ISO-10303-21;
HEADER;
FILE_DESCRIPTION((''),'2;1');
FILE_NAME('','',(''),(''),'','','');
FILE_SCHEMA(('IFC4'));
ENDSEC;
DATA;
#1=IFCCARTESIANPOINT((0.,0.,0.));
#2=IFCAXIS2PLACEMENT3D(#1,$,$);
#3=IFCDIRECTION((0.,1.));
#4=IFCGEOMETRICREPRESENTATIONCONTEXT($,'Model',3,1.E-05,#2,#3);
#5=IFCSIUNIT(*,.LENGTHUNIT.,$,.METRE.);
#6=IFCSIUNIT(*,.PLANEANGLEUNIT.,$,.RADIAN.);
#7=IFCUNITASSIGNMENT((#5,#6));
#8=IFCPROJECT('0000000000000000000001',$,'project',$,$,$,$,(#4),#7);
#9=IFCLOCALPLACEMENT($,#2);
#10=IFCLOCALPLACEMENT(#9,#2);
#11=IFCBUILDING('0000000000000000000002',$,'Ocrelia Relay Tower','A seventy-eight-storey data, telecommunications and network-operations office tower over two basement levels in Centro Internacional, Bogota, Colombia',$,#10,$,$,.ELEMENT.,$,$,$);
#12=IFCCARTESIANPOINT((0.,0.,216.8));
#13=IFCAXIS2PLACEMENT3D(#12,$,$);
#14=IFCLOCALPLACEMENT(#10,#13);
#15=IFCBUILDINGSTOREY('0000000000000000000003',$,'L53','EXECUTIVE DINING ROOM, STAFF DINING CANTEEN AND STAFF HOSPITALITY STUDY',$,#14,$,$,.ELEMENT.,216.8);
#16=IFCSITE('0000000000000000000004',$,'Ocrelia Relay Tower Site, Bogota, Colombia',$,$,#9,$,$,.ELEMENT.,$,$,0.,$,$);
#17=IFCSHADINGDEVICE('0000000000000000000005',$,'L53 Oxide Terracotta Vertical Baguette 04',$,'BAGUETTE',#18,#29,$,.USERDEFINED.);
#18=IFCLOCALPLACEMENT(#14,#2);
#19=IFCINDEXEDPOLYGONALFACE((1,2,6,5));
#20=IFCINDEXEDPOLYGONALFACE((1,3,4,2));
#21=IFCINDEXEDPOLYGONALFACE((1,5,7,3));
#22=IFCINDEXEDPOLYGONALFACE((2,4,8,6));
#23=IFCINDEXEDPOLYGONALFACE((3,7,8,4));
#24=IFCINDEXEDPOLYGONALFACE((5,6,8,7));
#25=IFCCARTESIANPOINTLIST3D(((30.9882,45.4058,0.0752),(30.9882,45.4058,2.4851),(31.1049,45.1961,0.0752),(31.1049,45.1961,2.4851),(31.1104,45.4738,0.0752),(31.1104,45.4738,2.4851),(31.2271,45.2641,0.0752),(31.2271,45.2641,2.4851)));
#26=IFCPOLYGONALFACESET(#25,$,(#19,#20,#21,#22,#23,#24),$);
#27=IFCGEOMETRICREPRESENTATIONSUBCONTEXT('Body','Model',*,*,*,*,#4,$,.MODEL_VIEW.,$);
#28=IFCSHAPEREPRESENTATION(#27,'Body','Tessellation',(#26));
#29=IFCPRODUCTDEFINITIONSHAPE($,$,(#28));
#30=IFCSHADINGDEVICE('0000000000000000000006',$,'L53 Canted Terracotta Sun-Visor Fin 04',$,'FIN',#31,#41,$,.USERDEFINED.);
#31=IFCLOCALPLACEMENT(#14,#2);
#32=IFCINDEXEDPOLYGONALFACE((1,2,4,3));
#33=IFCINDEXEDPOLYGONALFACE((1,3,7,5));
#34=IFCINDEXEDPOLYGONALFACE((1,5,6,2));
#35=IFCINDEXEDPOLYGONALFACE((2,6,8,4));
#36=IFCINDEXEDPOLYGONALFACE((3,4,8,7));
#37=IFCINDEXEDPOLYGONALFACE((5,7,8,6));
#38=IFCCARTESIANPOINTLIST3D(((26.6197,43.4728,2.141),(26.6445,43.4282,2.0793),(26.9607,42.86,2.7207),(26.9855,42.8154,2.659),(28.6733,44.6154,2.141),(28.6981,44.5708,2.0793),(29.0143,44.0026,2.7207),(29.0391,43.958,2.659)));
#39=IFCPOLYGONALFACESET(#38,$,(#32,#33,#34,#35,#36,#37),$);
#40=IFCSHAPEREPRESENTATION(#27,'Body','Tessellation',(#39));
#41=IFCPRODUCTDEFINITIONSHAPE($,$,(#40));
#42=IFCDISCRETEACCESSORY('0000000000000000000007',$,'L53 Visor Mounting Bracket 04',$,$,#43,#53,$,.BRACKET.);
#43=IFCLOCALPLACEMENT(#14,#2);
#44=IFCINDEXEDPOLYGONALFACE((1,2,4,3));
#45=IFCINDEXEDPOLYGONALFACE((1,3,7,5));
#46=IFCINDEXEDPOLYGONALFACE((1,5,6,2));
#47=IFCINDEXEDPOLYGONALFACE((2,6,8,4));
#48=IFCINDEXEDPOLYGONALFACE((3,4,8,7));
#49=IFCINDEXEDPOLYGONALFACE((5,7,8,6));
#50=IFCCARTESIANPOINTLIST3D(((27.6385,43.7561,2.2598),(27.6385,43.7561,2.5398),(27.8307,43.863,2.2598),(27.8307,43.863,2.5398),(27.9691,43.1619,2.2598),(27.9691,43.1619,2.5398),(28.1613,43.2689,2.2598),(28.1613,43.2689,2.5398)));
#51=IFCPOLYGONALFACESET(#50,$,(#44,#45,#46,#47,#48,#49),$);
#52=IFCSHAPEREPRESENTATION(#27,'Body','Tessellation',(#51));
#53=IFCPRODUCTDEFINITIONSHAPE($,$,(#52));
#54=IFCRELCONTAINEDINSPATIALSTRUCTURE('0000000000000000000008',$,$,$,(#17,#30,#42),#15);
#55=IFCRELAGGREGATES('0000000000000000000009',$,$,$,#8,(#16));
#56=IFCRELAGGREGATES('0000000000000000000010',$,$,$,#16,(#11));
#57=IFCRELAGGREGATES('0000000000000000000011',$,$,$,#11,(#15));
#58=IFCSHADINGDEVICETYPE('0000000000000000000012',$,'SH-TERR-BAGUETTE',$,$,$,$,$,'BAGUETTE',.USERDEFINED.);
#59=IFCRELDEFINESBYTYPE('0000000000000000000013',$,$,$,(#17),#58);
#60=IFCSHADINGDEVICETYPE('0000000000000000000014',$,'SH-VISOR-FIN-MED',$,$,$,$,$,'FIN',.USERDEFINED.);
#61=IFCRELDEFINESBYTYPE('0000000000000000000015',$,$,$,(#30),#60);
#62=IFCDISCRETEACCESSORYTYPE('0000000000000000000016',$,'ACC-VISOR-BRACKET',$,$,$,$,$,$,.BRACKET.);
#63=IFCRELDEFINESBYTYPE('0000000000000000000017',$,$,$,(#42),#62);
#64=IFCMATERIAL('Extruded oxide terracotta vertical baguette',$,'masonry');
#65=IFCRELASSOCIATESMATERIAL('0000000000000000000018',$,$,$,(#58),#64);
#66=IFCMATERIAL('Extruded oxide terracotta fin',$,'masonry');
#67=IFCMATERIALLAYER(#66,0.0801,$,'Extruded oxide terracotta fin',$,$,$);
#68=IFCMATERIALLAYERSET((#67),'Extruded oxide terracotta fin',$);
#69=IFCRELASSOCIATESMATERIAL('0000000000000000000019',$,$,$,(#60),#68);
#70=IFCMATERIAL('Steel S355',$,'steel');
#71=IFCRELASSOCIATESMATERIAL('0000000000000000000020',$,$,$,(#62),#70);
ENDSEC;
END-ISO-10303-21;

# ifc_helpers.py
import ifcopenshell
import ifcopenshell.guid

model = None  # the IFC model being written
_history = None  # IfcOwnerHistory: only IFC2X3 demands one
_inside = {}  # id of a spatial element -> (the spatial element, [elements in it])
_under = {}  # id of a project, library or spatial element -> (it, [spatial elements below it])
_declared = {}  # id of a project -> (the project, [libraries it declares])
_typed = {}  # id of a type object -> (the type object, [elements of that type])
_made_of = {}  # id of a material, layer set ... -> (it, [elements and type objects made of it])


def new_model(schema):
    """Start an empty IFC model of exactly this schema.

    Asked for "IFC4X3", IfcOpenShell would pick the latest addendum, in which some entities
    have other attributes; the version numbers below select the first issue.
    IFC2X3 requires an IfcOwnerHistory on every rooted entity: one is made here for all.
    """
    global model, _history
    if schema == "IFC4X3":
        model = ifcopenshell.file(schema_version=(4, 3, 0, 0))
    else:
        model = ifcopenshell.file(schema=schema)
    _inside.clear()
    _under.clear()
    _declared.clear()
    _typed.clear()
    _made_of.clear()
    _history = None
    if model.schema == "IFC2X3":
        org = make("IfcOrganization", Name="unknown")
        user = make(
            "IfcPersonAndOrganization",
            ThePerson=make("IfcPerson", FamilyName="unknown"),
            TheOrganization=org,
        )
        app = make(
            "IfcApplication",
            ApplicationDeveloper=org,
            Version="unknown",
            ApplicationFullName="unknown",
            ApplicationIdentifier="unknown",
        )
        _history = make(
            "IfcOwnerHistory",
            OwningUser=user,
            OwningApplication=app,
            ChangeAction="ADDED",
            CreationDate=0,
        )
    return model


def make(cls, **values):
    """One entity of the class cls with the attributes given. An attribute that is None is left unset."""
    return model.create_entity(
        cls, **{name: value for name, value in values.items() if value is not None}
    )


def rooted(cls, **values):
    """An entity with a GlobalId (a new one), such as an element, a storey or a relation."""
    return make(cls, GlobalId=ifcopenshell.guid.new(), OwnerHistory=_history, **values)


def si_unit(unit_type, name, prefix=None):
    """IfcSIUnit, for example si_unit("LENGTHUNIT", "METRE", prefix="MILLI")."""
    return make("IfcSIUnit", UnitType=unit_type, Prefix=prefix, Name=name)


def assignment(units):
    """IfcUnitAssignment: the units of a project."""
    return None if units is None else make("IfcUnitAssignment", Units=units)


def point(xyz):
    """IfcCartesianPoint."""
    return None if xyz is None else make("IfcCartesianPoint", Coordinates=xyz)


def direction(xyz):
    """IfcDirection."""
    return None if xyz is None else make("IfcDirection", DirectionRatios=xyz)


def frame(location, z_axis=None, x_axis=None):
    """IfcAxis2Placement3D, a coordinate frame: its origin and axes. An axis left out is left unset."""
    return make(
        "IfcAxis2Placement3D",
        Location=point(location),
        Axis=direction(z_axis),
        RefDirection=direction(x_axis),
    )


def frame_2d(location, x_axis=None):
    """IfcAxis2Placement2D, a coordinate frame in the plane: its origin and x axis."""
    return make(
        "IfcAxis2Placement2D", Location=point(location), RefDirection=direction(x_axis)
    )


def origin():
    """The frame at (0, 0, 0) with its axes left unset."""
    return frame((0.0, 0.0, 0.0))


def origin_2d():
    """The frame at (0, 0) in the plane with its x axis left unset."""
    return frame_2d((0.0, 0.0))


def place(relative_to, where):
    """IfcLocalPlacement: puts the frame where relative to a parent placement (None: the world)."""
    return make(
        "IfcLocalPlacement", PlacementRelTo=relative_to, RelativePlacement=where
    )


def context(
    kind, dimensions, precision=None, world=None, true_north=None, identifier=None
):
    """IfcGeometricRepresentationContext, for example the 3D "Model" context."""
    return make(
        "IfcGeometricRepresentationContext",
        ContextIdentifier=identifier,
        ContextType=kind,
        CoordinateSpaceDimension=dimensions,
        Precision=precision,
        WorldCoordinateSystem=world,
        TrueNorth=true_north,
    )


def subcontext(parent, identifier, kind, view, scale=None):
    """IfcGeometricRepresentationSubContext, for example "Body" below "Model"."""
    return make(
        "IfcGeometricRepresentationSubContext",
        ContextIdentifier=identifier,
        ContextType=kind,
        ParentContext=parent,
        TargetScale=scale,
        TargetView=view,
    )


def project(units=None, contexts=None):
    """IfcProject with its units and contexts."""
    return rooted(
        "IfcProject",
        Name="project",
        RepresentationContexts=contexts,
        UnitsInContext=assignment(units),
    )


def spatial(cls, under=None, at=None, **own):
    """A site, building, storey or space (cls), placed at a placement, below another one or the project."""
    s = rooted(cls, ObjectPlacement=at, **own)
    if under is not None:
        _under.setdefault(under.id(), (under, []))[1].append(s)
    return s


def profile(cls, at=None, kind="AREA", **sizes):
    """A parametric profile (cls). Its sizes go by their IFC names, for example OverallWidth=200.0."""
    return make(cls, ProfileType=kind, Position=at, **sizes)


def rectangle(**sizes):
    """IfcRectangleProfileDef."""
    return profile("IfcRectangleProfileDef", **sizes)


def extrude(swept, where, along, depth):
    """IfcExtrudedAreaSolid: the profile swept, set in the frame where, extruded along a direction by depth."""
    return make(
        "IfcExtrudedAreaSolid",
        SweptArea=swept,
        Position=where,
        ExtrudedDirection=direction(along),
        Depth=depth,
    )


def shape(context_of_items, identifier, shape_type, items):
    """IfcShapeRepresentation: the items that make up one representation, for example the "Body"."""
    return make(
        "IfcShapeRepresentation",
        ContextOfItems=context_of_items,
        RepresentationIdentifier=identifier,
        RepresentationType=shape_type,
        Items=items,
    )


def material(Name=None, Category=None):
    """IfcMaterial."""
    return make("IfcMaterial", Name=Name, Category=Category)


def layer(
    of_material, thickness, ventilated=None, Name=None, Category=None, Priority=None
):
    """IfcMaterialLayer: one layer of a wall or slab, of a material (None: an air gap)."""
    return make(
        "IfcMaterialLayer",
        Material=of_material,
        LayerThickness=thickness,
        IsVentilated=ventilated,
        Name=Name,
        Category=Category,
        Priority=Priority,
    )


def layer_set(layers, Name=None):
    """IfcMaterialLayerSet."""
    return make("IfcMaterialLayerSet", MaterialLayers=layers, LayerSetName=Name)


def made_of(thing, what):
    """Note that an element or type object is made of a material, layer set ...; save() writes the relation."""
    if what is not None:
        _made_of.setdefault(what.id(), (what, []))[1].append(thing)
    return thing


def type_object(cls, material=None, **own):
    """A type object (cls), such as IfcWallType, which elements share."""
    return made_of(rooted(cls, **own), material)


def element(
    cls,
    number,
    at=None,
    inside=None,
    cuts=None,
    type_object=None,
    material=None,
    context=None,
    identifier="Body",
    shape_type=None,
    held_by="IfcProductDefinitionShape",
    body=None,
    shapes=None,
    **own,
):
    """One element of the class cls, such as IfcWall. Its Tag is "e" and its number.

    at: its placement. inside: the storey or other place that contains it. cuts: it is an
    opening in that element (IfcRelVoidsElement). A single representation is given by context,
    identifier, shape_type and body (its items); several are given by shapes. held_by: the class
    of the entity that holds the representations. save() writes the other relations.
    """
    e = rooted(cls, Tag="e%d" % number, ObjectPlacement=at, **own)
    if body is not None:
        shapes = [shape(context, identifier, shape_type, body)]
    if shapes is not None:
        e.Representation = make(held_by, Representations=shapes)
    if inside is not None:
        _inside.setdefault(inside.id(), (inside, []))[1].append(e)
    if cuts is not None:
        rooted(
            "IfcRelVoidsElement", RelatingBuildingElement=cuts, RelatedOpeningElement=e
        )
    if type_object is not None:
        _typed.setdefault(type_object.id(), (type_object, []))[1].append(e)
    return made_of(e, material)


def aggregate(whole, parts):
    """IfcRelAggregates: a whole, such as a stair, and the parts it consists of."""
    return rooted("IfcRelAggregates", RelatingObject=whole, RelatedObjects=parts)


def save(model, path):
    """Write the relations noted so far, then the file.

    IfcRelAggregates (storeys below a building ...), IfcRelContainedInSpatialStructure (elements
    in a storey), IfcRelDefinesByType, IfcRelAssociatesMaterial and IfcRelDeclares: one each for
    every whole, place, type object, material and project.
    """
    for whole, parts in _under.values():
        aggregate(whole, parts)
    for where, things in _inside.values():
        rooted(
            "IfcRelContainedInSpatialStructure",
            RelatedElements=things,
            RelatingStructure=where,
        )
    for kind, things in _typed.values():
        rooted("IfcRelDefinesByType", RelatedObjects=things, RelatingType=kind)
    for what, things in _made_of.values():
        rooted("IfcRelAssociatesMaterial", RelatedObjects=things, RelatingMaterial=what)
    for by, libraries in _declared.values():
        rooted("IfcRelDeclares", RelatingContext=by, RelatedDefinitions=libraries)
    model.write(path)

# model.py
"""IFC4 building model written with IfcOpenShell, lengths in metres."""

from ifc_helpers import new_model, si_unit, direction, frame, origin, origin_2d, place, context, subcontext, project, spatial, rectangle, extrude, material, layer, layer_set, type_object, element, save


model = new_model("IFC4")

# Units and contexts
model_context = context("Model", 3, precision=1e-05, world=origin(), true_north=direction((0.0, 1.0)))
body_context = subcontext(model_context, "Body", "Model", "MODEL_VIEW")
ifc_project = project(units=[si_unit("LENGTHUNIT", "METRE"), si_unit("PLANEANGLEUNIT", "RADIAN")], contexts=[model_context])

# Site, building, storey
site_placement = place(None, origin())
site = spatial("IfcSite", under=ifc_project, at=site_placement, Name="Ocrelia Relay Tower Site, Bogota, Colombia", CompositionType="ELEMENT", RefElevation=0.0)
building_placement = place(site_placement, origin())
building = spatial("IfcBuilding", under=site, at=building_placement, Name="Ocrelia Relay Tower", Description="A seventy-eight-storey data, telecommunications and network-operations office tower over two basement levels in Centro Internacional, Bogota, Colombia", CompositionType="ELEMENT")
storey_placement = place(building_placement, frame((0.0, 0.0, 216.8)))
storey = spatial("IfcBuildingStorey", under=building, at=storey_placement, Name="L53", Description="EXECUTIVE DINING ROOM, STAFF DINING CANTEEN AND STAFF HOSPITALITY STUDY", CompositionType="ELEMENT", Elevation=216.8)

# Shared definitions
ifc_material_1 = material(Name="Steel S355", Category="steel")

# Shading devices
ifc_material_2 = material(Name="Extruded oxide terracotta vertical baguette", Category="masonry")
shading_device_type_1 = type_object("IfcShadingDeviceType", Name="SH-TERR-BAGUETTE", ElementType="BAGUETTE", PredefinedType="USERDEFINED", material=ifc_material_2)
shading_device_1_placement = place(storey_placement, frame((31.1077, 45.335, 0.0752), z_axis=(0.0, 0.0, 1.0), x_axis=(-0.873843, -0.486208, 0.0)))
element("IfcShadingDevice", 1, at=shading_device_1_placement, inside=storey, type_object=shading_device_type_1, Name="L53 Oxide Terracotta Vertical Baguette 04", ObjectType="BAGUETTE", PredefinedType="USERDEFINED", context=body_context, shape_type="SweptSolid", body=[
    extrude(rectangle(XDim=0.1399, YDim=0.24, at=origin_2d()), origin(), (0.0, 0.0, 1.0), 2.4099),
])
ifc_material_3 = material(Name="Extruded oxide terracotta fin", Category="masonry")
ifc_layer_1 = layer(ifc_material_3, 0.0801, Name="Extruded oxide terracotta fin")
ifc_layer_set_1 = layer_set([ifc_layer_1], Name="Extruded oxide terracotta fin")
shading_device_type_2 = type_object("IfcShadingDeviceType", Name="SH-VISOR-FIN-MED", ElementType="FIN", PredefinedType="USERDEFINED", material=ifc_layer_set_1)
shading_device_2_placement = place(storey_placement, frame((27.8418, 43.6931, 2.3691), z_axis=(-0.30979, 0.556773, 0.770736), x_axis=(-0.873843, -0.486208, 0.0)))
element("IfcShadingDevice", 2, at=shading_device_2_placement, inside=storey, type_object=shading_device_type_2, Name="L53 Canted Terracotta Sun-Visor Fin 04", ObjectType="FIN", PredefinedType="USERDEFINED", context=body_context, shape_type="SweptSolid", body=[
    extrude(rectangle(XDim=2.3501, YDim=0.9099, at=origin_2d()), origin(), (0.0, 0.0, 1.0), 0.0801),
])

# Discrete accessory
discrete_accessory_type = type_object("IfcDiscreteAccessoryType", Name="ACC-VISOR-BRACKET", PredefinedType="BRACKET", material=ifc_material_1)
discrete_accessory_placement = place(storey_placement, frame((27.8999, 43.5125, 2.2598), z_axis=(0.0, 0.0, 1.0), x_axis=(-0.873843, -0.486208, 0.0)))
element("IfcDiscreteAccessory", 3, at=discrete_accessory_placement, inside=storey, type_object=discrete_accessory_type, Name="L53 Visor Mounting Bracket 04", PredefinedType="BRACKET", context=body_context, shape_type="SweptSolid", body=[
    extrude(rectangle(XDim=0.22, YDim=0.6799, at=origin_2d()), origin(), (0.0, 0.0, 1.0), 0.28),
])

save(model, "model.ifc")
